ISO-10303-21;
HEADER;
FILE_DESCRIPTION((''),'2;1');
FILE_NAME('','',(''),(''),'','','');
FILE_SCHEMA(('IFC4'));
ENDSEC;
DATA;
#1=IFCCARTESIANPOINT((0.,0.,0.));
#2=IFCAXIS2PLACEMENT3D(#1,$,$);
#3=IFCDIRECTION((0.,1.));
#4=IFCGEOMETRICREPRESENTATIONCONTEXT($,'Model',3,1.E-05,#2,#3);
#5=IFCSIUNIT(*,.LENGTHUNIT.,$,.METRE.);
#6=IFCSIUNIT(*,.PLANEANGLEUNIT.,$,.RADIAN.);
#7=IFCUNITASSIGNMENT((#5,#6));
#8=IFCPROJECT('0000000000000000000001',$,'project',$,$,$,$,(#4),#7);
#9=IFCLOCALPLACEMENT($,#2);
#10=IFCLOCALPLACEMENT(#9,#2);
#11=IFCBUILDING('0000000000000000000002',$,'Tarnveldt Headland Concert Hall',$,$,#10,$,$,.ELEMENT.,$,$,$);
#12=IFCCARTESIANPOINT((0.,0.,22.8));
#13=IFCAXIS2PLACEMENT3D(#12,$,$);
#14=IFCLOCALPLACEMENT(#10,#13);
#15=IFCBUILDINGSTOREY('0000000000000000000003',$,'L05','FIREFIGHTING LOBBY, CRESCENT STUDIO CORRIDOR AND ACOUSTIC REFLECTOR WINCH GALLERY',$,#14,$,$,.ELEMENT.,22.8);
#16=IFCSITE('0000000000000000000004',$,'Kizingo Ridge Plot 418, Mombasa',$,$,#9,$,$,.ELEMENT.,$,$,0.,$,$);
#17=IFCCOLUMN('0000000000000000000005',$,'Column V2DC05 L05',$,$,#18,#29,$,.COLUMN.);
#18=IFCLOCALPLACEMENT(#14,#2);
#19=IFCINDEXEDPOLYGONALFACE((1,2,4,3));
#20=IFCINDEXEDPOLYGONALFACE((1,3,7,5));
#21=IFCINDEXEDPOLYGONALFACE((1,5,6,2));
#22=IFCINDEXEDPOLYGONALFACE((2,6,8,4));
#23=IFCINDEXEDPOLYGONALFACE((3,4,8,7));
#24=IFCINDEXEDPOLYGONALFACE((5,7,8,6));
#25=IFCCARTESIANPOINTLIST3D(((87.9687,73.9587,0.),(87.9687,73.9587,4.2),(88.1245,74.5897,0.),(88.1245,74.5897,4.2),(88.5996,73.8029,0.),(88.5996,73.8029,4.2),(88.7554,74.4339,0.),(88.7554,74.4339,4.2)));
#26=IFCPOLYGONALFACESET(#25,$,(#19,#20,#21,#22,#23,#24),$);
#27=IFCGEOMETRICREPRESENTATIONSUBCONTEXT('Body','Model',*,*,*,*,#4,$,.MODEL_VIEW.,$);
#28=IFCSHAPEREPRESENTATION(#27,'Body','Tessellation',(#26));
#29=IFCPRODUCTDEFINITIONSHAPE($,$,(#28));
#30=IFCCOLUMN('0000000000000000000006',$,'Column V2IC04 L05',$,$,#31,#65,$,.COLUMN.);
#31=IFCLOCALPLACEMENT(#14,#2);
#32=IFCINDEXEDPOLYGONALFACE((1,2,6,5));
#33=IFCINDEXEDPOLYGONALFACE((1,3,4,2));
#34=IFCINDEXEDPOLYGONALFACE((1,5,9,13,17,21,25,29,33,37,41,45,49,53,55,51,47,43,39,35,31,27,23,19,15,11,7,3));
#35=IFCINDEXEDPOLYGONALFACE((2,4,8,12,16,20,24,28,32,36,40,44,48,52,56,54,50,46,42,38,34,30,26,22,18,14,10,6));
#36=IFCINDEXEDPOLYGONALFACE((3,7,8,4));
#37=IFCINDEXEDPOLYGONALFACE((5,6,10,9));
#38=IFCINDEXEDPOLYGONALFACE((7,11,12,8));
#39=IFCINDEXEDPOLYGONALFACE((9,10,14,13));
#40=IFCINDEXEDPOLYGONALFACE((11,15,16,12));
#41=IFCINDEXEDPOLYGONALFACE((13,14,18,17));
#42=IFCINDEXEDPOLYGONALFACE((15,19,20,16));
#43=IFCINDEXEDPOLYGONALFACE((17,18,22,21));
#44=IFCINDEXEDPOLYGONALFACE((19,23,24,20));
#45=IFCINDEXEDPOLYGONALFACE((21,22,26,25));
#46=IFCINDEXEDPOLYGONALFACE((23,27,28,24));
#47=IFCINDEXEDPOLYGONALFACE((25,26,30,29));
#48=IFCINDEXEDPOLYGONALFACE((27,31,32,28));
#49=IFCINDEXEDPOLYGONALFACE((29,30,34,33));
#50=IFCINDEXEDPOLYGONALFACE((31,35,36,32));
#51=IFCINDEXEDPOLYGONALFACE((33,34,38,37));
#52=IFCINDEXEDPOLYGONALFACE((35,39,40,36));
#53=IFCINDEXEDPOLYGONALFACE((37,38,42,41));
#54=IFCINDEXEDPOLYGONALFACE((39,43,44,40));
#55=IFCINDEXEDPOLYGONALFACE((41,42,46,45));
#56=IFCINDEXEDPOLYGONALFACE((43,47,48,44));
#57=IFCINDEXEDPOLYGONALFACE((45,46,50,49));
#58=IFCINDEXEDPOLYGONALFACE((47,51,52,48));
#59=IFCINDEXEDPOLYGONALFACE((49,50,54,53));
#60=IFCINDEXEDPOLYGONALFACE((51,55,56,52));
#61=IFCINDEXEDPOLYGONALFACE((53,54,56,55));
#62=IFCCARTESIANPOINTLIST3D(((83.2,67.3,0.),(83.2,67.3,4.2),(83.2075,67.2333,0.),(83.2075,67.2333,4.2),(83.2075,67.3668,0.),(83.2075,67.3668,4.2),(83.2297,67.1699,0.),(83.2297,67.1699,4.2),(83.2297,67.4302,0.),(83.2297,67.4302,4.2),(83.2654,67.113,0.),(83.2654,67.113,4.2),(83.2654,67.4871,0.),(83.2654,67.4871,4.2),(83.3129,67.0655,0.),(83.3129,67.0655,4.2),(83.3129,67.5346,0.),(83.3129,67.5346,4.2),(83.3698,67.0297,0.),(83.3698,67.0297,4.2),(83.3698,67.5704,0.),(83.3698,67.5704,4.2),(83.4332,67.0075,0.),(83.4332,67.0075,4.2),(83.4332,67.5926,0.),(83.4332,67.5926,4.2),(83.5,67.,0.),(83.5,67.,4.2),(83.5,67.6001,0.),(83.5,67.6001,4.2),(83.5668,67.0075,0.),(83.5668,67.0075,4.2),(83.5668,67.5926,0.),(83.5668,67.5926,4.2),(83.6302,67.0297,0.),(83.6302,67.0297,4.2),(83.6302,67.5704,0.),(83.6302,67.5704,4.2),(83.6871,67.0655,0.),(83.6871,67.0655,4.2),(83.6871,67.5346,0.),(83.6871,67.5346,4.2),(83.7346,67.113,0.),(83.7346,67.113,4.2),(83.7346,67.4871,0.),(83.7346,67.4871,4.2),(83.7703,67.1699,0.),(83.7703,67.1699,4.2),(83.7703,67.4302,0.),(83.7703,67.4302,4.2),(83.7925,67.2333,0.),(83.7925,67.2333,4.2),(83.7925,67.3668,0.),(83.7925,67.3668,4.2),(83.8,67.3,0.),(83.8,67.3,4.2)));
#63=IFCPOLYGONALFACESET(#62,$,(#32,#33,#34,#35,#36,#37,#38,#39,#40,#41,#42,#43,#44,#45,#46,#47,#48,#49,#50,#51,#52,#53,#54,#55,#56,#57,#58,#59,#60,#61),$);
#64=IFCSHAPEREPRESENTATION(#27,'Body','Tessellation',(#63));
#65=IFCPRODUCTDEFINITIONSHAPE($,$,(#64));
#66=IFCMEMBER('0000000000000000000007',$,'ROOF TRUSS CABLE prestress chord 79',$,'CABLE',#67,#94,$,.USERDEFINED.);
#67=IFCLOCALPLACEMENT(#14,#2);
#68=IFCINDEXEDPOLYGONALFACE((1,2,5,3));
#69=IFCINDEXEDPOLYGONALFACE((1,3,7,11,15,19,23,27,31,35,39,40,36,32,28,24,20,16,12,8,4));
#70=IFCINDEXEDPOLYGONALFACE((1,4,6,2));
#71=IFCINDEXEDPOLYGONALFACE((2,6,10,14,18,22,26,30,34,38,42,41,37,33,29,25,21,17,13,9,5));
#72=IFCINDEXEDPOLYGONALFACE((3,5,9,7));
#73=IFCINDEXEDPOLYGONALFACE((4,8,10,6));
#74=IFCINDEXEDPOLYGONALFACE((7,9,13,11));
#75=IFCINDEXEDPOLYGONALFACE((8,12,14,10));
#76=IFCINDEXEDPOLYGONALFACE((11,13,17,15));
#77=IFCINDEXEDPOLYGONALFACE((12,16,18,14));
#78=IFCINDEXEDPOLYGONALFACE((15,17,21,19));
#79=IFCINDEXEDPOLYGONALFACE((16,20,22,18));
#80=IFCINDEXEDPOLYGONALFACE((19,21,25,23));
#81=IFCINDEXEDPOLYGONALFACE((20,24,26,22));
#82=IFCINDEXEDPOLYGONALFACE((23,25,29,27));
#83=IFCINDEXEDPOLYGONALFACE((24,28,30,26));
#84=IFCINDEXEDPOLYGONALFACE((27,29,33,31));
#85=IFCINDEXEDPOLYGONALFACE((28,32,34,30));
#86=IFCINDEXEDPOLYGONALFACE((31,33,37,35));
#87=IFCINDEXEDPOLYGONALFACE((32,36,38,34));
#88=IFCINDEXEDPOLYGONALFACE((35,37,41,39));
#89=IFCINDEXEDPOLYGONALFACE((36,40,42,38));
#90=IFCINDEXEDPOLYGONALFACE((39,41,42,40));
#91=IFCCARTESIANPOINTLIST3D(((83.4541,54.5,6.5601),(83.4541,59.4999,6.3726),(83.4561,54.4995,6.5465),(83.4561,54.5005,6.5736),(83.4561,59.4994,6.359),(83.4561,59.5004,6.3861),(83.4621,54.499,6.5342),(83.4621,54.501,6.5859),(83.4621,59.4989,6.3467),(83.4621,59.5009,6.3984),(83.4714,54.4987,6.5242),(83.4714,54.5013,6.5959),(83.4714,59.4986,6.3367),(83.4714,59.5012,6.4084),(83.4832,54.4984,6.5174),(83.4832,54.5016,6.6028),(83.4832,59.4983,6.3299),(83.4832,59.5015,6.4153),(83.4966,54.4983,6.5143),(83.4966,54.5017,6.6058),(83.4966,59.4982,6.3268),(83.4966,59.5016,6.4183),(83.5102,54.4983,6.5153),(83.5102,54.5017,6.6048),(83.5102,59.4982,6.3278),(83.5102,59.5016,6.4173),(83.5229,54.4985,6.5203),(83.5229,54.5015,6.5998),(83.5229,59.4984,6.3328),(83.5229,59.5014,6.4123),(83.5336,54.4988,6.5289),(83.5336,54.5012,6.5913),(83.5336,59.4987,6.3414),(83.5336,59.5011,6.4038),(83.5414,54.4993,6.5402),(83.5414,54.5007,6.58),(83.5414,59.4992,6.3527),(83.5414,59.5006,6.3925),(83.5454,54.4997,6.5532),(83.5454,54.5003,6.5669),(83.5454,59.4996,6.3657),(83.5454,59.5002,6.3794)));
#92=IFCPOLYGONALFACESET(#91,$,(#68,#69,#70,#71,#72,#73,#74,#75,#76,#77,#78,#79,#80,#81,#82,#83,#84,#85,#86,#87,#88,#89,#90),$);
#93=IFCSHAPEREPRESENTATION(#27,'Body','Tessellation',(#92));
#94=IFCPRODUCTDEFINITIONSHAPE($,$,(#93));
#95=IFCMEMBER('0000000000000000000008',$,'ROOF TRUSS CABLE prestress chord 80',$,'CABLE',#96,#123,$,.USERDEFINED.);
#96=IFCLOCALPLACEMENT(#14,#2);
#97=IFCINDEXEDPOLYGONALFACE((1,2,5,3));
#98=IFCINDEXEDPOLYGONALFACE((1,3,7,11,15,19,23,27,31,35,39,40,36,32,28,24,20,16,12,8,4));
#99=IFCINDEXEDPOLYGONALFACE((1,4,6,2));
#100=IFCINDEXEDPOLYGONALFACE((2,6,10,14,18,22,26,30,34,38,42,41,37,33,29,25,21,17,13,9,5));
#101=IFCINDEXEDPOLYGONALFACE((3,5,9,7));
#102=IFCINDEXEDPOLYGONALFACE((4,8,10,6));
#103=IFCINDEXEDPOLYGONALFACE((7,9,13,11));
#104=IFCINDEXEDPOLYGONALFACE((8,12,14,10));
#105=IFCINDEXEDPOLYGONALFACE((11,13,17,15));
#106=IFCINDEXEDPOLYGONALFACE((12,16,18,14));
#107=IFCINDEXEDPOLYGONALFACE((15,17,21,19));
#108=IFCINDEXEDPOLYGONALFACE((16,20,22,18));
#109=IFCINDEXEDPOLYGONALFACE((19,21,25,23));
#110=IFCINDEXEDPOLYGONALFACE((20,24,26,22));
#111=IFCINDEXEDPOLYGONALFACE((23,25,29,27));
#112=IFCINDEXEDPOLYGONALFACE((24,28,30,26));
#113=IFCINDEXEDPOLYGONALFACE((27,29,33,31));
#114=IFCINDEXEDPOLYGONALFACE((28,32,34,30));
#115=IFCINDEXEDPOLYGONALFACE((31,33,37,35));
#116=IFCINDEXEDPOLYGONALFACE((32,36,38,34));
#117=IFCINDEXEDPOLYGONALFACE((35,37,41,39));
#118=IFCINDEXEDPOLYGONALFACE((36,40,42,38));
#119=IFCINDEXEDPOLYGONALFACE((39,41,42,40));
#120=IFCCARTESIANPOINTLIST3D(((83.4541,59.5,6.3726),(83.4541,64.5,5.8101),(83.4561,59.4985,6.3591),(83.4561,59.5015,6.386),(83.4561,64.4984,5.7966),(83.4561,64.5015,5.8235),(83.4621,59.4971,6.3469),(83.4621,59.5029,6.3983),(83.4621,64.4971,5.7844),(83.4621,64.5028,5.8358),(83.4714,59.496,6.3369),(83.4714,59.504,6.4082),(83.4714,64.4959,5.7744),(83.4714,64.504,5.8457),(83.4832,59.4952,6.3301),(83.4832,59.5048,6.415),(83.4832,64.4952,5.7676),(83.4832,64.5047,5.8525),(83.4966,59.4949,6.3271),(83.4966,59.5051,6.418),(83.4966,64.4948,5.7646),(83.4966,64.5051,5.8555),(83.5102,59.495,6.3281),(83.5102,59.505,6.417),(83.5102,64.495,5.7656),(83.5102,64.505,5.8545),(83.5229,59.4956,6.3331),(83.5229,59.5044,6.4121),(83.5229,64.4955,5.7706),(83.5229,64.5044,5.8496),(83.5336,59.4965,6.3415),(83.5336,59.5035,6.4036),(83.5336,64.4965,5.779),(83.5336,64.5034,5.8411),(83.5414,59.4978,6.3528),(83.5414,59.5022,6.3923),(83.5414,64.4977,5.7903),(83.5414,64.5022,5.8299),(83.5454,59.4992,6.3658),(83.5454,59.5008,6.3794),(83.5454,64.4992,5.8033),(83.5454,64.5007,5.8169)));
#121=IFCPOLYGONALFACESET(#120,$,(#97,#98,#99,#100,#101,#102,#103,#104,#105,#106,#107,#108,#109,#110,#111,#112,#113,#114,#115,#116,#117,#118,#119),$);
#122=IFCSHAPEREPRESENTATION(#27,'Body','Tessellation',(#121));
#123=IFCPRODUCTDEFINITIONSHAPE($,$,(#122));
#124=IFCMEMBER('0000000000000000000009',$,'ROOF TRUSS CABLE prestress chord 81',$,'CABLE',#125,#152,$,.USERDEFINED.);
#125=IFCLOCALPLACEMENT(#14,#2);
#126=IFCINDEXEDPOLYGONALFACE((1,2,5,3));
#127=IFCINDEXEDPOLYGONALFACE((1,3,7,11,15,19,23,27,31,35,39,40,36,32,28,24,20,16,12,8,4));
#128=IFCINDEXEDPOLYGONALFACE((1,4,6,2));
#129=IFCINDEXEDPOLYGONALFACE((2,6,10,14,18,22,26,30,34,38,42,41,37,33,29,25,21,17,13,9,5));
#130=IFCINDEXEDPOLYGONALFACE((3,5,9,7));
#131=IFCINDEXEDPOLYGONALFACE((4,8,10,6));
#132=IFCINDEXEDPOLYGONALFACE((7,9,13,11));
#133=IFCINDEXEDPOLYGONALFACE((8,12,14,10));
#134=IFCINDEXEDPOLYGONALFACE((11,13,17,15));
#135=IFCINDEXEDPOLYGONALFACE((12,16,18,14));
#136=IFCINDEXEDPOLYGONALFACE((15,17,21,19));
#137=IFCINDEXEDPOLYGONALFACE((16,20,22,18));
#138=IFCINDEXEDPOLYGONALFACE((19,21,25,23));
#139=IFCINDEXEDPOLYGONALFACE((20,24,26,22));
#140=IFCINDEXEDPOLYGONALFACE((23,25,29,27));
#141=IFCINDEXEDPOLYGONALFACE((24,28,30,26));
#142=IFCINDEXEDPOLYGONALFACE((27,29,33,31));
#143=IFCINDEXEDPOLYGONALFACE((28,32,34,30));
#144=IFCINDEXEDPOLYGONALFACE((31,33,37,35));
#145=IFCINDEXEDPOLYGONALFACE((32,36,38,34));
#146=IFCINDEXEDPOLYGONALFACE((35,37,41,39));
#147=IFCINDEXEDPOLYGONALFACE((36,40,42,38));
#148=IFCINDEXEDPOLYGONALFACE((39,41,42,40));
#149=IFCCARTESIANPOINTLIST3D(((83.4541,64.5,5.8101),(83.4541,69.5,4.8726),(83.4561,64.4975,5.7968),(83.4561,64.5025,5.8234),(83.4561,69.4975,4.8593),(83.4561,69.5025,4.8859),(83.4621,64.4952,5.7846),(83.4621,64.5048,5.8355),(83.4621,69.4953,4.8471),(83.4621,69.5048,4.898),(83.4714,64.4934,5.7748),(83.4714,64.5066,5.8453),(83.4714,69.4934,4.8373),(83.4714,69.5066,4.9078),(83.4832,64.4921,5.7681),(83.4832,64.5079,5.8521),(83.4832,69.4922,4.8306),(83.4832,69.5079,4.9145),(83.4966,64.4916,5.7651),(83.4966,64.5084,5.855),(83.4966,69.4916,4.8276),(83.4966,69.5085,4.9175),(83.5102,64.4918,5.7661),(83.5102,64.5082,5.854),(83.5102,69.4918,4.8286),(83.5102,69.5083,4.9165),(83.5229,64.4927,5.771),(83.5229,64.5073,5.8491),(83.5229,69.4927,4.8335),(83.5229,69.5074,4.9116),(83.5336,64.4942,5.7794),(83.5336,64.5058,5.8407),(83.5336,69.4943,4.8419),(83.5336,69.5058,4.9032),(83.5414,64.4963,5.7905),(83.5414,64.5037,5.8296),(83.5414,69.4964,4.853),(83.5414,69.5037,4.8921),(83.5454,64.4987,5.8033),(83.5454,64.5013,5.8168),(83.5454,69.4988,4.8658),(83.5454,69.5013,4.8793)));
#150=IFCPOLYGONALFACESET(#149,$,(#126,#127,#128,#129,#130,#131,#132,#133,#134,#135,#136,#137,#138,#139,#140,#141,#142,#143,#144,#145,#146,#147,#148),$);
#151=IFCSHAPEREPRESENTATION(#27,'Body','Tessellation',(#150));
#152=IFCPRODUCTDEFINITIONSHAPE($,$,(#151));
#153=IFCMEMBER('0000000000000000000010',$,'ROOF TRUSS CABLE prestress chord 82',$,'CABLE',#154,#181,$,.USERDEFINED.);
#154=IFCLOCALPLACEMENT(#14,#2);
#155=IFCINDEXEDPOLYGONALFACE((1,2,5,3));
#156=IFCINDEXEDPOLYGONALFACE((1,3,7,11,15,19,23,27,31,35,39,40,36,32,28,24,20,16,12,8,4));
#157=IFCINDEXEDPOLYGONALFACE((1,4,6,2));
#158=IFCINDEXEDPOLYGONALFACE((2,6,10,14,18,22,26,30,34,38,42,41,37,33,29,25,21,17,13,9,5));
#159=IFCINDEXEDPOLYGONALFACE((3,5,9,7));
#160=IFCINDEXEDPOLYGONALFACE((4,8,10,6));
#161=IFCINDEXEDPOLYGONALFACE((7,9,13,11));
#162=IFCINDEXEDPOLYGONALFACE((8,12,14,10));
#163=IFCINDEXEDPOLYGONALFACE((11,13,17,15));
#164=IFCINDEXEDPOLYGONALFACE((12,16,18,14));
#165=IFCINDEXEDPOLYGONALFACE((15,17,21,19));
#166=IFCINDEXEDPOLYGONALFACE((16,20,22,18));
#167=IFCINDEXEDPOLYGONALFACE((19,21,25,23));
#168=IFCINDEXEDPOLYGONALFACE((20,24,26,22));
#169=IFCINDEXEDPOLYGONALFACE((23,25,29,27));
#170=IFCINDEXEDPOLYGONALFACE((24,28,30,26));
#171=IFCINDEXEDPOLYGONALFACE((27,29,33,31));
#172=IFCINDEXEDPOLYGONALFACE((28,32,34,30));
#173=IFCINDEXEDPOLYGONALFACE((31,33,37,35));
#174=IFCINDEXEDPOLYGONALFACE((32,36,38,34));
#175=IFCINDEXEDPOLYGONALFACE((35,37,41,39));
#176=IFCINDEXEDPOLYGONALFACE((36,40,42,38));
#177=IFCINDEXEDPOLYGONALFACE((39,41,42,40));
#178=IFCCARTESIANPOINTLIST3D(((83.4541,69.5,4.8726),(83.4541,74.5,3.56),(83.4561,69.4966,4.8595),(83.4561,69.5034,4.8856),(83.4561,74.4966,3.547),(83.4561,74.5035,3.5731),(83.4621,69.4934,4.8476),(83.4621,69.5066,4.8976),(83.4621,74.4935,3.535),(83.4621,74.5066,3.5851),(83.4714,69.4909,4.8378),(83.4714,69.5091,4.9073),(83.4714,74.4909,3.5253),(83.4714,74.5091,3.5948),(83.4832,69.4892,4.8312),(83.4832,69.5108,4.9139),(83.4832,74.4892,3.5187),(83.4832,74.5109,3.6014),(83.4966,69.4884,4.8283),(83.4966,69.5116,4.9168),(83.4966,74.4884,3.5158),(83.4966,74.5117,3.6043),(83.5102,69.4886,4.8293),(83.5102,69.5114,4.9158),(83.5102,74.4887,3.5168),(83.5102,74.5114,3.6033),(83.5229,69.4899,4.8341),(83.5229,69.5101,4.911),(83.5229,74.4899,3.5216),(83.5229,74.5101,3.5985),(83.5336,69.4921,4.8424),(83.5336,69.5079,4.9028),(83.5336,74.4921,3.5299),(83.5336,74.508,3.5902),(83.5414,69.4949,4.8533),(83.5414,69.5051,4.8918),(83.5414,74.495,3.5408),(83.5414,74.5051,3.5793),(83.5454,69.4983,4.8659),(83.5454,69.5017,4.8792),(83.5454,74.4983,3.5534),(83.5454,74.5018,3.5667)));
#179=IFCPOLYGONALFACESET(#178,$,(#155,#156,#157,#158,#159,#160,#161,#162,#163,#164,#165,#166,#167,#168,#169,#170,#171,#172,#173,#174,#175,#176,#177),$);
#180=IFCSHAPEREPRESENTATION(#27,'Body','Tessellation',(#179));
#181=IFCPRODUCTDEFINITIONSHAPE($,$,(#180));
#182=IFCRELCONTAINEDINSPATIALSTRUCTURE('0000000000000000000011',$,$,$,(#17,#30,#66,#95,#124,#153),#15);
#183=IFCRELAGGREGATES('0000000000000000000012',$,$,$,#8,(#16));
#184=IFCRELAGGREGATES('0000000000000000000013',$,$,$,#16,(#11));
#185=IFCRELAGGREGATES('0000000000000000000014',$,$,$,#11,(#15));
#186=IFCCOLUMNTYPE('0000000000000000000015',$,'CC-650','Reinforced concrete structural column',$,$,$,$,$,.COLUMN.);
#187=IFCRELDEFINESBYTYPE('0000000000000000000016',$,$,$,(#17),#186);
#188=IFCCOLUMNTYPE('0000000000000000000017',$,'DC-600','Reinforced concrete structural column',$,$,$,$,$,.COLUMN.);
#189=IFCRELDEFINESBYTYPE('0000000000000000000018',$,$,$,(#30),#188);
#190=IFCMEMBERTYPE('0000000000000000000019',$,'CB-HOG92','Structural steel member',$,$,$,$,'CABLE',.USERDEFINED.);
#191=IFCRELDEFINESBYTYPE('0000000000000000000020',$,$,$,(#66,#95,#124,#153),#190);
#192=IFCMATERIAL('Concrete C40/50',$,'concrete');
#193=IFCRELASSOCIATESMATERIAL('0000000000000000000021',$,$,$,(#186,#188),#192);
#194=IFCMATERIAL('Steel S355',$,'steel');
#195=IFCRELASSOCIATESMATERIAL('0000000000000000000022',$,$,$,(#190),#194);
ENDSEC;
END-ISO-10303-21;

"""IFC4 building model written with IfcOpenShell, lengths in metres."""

from ifc_helpers import new_model, si_unit, direction, frame, origin, origin_2d, place, context, subcontext, project, spatial, rectangle, circle, extrude, material, material_profile, profile_set, type_object, element, save


model = new_model("IFC4")

# Units and contexts
model_context = context("Model", 3, precision=1e-05, world=origin(), true_north=direction((0.0, 1.0)))
body_context = subcontext(model_context, "Body", "Model", "MODEL_VIEW")
ifc_project = project(units=[si_unit("LENGTHUNIT", "METRE"), si_unit("PLANEANGLEUNIT", "RADIAN")], contexts=[model_context])

# Site, building, storey
site_placement = place(None, origin())
site = spatial("IfcSite", under=ifc_project, at=site_placement, Name="Kizingo Ridge Plot 418, Mombasa", CompositionType="ELEMENT", RefElevation=0.0)
building_placement = place(site_placement, origin())
building = spatial("IfcBuilding", under=site, at=building_placement, Name="Tarnveldt Headland Concert Hall", CompositionType="ELEMENT")
storey_placement = place(building_placement, frame((0.0, 0.0, 22.8)))
storey = spatial("IfcBuildingStorey", under=building, at=storey_placement, Name="L05", Description="FIREFIGHTING LOBBY, CRESCENT STUDIO CORRIDOR AND ACOUSTIC REFLECTOR WINCH GALLERY", CompositionType="ELEMENT", Elevation=22.8)

# Columns
ifc_material_1 = material(Name="Concrete C40/50", Category="concrete")
ifc_material_profile_1 = material_profile(ifc_material_1, rectangle(XDim=0.6499, YDim=0.6499, at=origin_2d()), Name="RC 650x650", Category="concrete")
ifc_profile_set_1 = profile_set([ifc_material_profile_1], Name="Concrete C40/50")
column_type_1 = type_object("IfcColumnType", Name="CC-650", Description="Reinforced concrete structural column", PredefinedType="COLUMN", material=ifc_profile_set_1)
column_1_placement = place(storey_placement, frame((88.3621, 74.1963, 0.0), z_axis=(0.0, 0.0, 1.0), x_axis=(0.23972, 0.970842, 0.0)))
element("IfcColumn", 1, at=column_1_placement, inside=storey, type_object=column_type_1, Name="Column V2DC05 L05", PredefinedType="COLUMN", context=body_context, shape_type="SweptSolid", body=[
    extrude(rectangle(XDim=0.6499, YDim=0.6499, at=origin_2d()), origin(), (0.0, 0.0, 1.0), 4.2),
])
ifc_material_profile_2 = material_profile(ifc_material_1, circle(Radius=0.3, at=origin_2d()), Name="RC D600", Category="concrete")
ifc_profile_set_2 = profile_set([ifc_material_profile_2], Name="Concrete C40/50")
column_type_2 = type_object("IfcColumnType", Name="DC-600", Description="Reinforced concrete structural column", PredefinedType="COLUMN", material=ifc_profile_set_2)
column_2_placement = place(storey_placement, frame((83.5, 67.3, 0.0), z_axis=(0.0, 0.0, 1.0), x_axis=(0.0, 1.0, 0.0)))
element("IfcColumn", 2, at=column_2_placement, inside=storey, type_object=column_type_2, Name="Column V2IC04 L05", PredefinedType="COLUMN", context=body_context, shape_type="SweptSolid", body=[
    extrude(circle(Radius=0.3, at=origin_2d()), origin(), (0.0, 0.0, 1.0), 4.2),
])

# Members
ifc_material_2 = material(Name="Steel S355", Category="steel")
ifc_material_profile_3 = material_profile(ifc_material_2, circle(Radius=0.0459, at=origin_2d()), Name="LC D92", Category="steel")
ifc_profile_set_3 = profile_set([ifc_material_profile_3], Name="Steel S355")
member_type_1 = type_object("IfcMemberType", Name="CB-HOG92", Description="Structural steel member", ElementType="CABLE", PredefinedType="USERDEFINED", material=ifc_profile_set_3)
member_1_placement = place(storey_placement, frame((83.5, 54.5, 6.5601), z_axis=(0.0, 0.999298, -0.037474), x_axis=(-1.0, 0.0, 0.0)))
element("IfcMember", 3, at=member_1_placement, inside=storey, type_object=member_type_1, Name="ROOF TRUSS CABLE prestress chord 79", ObjectType="CABLE", PredefinedType="USERDEFINED", context=body_context, shape_type="SweptSolid", body=[
    extrude(circle(Radius=0.0459, at=origin_2d()), origin(), (0.0, 0.0, 1.0), 5.0034),
])
member_2_placement = place(storey_placement, frame((83.5, 59.5, 6.3726), z_axis=(0.0, 0.993731, -0.111795), x_axis=(-1.0, 0.0, 0.0)))
element("IfcMember", 4, at=member_2_placement, inside=storey, type_object=member_type_1, Name="ROOF TRUSS CABLE prestress chord 80", ObjectType="CABLE", PredefinedType="USERDEFINED", context=body_context, shape_type="SweptSolid", body=[
    extrude(circle(Radius=0.0459, at=origin_2d()), origin(), (0.0, 0.0, 1.0), 5.0315),
])
member_3_placement = place(storey_placement, frame((83.5, 64.5, 5.8101), z_axis=(0.0, 0.982872, -0.184289), x_axis=(-1.0, 0.0, 0.0)))
element("IfcMember", 5, at=member_3_placement, inside=storey, type_object=member_type_1, Name="ROOF TRUSS CABLE prestress chord 81", ObjectType="CABLE", PredefinedType="USERDEFINED", context=body_context, shape_type="SweptSolid", body=[
    extrude(circle(Radius=0.0459, at=origin_2d()), origin(), (0.0, 0.0, 1.0), 5.0872),
])
member_4_placement = place(storey_placement, frame((83.5, 69.5, 4.8726), z_axis=(0.0, 0.967231, -0.253898), x_axis=(-1.0, 0.0, 0.0)))
element("IfcMember", 6, at=member_4_placement, inside=storey, type_object=member_type_1, Name="ROOF TRUSS CABLE prestress chord 82", ObjectType="CABLE", PredefinedType="USERDEFINED", context=body_context, shape_type="SweptSolid", body=[
    extrude(circle(Radius=0.0459, at=origin_2d()), origin(), (0.0, 0.0, 1.0), 5.1694),
])

save(model, "model.ifc")
